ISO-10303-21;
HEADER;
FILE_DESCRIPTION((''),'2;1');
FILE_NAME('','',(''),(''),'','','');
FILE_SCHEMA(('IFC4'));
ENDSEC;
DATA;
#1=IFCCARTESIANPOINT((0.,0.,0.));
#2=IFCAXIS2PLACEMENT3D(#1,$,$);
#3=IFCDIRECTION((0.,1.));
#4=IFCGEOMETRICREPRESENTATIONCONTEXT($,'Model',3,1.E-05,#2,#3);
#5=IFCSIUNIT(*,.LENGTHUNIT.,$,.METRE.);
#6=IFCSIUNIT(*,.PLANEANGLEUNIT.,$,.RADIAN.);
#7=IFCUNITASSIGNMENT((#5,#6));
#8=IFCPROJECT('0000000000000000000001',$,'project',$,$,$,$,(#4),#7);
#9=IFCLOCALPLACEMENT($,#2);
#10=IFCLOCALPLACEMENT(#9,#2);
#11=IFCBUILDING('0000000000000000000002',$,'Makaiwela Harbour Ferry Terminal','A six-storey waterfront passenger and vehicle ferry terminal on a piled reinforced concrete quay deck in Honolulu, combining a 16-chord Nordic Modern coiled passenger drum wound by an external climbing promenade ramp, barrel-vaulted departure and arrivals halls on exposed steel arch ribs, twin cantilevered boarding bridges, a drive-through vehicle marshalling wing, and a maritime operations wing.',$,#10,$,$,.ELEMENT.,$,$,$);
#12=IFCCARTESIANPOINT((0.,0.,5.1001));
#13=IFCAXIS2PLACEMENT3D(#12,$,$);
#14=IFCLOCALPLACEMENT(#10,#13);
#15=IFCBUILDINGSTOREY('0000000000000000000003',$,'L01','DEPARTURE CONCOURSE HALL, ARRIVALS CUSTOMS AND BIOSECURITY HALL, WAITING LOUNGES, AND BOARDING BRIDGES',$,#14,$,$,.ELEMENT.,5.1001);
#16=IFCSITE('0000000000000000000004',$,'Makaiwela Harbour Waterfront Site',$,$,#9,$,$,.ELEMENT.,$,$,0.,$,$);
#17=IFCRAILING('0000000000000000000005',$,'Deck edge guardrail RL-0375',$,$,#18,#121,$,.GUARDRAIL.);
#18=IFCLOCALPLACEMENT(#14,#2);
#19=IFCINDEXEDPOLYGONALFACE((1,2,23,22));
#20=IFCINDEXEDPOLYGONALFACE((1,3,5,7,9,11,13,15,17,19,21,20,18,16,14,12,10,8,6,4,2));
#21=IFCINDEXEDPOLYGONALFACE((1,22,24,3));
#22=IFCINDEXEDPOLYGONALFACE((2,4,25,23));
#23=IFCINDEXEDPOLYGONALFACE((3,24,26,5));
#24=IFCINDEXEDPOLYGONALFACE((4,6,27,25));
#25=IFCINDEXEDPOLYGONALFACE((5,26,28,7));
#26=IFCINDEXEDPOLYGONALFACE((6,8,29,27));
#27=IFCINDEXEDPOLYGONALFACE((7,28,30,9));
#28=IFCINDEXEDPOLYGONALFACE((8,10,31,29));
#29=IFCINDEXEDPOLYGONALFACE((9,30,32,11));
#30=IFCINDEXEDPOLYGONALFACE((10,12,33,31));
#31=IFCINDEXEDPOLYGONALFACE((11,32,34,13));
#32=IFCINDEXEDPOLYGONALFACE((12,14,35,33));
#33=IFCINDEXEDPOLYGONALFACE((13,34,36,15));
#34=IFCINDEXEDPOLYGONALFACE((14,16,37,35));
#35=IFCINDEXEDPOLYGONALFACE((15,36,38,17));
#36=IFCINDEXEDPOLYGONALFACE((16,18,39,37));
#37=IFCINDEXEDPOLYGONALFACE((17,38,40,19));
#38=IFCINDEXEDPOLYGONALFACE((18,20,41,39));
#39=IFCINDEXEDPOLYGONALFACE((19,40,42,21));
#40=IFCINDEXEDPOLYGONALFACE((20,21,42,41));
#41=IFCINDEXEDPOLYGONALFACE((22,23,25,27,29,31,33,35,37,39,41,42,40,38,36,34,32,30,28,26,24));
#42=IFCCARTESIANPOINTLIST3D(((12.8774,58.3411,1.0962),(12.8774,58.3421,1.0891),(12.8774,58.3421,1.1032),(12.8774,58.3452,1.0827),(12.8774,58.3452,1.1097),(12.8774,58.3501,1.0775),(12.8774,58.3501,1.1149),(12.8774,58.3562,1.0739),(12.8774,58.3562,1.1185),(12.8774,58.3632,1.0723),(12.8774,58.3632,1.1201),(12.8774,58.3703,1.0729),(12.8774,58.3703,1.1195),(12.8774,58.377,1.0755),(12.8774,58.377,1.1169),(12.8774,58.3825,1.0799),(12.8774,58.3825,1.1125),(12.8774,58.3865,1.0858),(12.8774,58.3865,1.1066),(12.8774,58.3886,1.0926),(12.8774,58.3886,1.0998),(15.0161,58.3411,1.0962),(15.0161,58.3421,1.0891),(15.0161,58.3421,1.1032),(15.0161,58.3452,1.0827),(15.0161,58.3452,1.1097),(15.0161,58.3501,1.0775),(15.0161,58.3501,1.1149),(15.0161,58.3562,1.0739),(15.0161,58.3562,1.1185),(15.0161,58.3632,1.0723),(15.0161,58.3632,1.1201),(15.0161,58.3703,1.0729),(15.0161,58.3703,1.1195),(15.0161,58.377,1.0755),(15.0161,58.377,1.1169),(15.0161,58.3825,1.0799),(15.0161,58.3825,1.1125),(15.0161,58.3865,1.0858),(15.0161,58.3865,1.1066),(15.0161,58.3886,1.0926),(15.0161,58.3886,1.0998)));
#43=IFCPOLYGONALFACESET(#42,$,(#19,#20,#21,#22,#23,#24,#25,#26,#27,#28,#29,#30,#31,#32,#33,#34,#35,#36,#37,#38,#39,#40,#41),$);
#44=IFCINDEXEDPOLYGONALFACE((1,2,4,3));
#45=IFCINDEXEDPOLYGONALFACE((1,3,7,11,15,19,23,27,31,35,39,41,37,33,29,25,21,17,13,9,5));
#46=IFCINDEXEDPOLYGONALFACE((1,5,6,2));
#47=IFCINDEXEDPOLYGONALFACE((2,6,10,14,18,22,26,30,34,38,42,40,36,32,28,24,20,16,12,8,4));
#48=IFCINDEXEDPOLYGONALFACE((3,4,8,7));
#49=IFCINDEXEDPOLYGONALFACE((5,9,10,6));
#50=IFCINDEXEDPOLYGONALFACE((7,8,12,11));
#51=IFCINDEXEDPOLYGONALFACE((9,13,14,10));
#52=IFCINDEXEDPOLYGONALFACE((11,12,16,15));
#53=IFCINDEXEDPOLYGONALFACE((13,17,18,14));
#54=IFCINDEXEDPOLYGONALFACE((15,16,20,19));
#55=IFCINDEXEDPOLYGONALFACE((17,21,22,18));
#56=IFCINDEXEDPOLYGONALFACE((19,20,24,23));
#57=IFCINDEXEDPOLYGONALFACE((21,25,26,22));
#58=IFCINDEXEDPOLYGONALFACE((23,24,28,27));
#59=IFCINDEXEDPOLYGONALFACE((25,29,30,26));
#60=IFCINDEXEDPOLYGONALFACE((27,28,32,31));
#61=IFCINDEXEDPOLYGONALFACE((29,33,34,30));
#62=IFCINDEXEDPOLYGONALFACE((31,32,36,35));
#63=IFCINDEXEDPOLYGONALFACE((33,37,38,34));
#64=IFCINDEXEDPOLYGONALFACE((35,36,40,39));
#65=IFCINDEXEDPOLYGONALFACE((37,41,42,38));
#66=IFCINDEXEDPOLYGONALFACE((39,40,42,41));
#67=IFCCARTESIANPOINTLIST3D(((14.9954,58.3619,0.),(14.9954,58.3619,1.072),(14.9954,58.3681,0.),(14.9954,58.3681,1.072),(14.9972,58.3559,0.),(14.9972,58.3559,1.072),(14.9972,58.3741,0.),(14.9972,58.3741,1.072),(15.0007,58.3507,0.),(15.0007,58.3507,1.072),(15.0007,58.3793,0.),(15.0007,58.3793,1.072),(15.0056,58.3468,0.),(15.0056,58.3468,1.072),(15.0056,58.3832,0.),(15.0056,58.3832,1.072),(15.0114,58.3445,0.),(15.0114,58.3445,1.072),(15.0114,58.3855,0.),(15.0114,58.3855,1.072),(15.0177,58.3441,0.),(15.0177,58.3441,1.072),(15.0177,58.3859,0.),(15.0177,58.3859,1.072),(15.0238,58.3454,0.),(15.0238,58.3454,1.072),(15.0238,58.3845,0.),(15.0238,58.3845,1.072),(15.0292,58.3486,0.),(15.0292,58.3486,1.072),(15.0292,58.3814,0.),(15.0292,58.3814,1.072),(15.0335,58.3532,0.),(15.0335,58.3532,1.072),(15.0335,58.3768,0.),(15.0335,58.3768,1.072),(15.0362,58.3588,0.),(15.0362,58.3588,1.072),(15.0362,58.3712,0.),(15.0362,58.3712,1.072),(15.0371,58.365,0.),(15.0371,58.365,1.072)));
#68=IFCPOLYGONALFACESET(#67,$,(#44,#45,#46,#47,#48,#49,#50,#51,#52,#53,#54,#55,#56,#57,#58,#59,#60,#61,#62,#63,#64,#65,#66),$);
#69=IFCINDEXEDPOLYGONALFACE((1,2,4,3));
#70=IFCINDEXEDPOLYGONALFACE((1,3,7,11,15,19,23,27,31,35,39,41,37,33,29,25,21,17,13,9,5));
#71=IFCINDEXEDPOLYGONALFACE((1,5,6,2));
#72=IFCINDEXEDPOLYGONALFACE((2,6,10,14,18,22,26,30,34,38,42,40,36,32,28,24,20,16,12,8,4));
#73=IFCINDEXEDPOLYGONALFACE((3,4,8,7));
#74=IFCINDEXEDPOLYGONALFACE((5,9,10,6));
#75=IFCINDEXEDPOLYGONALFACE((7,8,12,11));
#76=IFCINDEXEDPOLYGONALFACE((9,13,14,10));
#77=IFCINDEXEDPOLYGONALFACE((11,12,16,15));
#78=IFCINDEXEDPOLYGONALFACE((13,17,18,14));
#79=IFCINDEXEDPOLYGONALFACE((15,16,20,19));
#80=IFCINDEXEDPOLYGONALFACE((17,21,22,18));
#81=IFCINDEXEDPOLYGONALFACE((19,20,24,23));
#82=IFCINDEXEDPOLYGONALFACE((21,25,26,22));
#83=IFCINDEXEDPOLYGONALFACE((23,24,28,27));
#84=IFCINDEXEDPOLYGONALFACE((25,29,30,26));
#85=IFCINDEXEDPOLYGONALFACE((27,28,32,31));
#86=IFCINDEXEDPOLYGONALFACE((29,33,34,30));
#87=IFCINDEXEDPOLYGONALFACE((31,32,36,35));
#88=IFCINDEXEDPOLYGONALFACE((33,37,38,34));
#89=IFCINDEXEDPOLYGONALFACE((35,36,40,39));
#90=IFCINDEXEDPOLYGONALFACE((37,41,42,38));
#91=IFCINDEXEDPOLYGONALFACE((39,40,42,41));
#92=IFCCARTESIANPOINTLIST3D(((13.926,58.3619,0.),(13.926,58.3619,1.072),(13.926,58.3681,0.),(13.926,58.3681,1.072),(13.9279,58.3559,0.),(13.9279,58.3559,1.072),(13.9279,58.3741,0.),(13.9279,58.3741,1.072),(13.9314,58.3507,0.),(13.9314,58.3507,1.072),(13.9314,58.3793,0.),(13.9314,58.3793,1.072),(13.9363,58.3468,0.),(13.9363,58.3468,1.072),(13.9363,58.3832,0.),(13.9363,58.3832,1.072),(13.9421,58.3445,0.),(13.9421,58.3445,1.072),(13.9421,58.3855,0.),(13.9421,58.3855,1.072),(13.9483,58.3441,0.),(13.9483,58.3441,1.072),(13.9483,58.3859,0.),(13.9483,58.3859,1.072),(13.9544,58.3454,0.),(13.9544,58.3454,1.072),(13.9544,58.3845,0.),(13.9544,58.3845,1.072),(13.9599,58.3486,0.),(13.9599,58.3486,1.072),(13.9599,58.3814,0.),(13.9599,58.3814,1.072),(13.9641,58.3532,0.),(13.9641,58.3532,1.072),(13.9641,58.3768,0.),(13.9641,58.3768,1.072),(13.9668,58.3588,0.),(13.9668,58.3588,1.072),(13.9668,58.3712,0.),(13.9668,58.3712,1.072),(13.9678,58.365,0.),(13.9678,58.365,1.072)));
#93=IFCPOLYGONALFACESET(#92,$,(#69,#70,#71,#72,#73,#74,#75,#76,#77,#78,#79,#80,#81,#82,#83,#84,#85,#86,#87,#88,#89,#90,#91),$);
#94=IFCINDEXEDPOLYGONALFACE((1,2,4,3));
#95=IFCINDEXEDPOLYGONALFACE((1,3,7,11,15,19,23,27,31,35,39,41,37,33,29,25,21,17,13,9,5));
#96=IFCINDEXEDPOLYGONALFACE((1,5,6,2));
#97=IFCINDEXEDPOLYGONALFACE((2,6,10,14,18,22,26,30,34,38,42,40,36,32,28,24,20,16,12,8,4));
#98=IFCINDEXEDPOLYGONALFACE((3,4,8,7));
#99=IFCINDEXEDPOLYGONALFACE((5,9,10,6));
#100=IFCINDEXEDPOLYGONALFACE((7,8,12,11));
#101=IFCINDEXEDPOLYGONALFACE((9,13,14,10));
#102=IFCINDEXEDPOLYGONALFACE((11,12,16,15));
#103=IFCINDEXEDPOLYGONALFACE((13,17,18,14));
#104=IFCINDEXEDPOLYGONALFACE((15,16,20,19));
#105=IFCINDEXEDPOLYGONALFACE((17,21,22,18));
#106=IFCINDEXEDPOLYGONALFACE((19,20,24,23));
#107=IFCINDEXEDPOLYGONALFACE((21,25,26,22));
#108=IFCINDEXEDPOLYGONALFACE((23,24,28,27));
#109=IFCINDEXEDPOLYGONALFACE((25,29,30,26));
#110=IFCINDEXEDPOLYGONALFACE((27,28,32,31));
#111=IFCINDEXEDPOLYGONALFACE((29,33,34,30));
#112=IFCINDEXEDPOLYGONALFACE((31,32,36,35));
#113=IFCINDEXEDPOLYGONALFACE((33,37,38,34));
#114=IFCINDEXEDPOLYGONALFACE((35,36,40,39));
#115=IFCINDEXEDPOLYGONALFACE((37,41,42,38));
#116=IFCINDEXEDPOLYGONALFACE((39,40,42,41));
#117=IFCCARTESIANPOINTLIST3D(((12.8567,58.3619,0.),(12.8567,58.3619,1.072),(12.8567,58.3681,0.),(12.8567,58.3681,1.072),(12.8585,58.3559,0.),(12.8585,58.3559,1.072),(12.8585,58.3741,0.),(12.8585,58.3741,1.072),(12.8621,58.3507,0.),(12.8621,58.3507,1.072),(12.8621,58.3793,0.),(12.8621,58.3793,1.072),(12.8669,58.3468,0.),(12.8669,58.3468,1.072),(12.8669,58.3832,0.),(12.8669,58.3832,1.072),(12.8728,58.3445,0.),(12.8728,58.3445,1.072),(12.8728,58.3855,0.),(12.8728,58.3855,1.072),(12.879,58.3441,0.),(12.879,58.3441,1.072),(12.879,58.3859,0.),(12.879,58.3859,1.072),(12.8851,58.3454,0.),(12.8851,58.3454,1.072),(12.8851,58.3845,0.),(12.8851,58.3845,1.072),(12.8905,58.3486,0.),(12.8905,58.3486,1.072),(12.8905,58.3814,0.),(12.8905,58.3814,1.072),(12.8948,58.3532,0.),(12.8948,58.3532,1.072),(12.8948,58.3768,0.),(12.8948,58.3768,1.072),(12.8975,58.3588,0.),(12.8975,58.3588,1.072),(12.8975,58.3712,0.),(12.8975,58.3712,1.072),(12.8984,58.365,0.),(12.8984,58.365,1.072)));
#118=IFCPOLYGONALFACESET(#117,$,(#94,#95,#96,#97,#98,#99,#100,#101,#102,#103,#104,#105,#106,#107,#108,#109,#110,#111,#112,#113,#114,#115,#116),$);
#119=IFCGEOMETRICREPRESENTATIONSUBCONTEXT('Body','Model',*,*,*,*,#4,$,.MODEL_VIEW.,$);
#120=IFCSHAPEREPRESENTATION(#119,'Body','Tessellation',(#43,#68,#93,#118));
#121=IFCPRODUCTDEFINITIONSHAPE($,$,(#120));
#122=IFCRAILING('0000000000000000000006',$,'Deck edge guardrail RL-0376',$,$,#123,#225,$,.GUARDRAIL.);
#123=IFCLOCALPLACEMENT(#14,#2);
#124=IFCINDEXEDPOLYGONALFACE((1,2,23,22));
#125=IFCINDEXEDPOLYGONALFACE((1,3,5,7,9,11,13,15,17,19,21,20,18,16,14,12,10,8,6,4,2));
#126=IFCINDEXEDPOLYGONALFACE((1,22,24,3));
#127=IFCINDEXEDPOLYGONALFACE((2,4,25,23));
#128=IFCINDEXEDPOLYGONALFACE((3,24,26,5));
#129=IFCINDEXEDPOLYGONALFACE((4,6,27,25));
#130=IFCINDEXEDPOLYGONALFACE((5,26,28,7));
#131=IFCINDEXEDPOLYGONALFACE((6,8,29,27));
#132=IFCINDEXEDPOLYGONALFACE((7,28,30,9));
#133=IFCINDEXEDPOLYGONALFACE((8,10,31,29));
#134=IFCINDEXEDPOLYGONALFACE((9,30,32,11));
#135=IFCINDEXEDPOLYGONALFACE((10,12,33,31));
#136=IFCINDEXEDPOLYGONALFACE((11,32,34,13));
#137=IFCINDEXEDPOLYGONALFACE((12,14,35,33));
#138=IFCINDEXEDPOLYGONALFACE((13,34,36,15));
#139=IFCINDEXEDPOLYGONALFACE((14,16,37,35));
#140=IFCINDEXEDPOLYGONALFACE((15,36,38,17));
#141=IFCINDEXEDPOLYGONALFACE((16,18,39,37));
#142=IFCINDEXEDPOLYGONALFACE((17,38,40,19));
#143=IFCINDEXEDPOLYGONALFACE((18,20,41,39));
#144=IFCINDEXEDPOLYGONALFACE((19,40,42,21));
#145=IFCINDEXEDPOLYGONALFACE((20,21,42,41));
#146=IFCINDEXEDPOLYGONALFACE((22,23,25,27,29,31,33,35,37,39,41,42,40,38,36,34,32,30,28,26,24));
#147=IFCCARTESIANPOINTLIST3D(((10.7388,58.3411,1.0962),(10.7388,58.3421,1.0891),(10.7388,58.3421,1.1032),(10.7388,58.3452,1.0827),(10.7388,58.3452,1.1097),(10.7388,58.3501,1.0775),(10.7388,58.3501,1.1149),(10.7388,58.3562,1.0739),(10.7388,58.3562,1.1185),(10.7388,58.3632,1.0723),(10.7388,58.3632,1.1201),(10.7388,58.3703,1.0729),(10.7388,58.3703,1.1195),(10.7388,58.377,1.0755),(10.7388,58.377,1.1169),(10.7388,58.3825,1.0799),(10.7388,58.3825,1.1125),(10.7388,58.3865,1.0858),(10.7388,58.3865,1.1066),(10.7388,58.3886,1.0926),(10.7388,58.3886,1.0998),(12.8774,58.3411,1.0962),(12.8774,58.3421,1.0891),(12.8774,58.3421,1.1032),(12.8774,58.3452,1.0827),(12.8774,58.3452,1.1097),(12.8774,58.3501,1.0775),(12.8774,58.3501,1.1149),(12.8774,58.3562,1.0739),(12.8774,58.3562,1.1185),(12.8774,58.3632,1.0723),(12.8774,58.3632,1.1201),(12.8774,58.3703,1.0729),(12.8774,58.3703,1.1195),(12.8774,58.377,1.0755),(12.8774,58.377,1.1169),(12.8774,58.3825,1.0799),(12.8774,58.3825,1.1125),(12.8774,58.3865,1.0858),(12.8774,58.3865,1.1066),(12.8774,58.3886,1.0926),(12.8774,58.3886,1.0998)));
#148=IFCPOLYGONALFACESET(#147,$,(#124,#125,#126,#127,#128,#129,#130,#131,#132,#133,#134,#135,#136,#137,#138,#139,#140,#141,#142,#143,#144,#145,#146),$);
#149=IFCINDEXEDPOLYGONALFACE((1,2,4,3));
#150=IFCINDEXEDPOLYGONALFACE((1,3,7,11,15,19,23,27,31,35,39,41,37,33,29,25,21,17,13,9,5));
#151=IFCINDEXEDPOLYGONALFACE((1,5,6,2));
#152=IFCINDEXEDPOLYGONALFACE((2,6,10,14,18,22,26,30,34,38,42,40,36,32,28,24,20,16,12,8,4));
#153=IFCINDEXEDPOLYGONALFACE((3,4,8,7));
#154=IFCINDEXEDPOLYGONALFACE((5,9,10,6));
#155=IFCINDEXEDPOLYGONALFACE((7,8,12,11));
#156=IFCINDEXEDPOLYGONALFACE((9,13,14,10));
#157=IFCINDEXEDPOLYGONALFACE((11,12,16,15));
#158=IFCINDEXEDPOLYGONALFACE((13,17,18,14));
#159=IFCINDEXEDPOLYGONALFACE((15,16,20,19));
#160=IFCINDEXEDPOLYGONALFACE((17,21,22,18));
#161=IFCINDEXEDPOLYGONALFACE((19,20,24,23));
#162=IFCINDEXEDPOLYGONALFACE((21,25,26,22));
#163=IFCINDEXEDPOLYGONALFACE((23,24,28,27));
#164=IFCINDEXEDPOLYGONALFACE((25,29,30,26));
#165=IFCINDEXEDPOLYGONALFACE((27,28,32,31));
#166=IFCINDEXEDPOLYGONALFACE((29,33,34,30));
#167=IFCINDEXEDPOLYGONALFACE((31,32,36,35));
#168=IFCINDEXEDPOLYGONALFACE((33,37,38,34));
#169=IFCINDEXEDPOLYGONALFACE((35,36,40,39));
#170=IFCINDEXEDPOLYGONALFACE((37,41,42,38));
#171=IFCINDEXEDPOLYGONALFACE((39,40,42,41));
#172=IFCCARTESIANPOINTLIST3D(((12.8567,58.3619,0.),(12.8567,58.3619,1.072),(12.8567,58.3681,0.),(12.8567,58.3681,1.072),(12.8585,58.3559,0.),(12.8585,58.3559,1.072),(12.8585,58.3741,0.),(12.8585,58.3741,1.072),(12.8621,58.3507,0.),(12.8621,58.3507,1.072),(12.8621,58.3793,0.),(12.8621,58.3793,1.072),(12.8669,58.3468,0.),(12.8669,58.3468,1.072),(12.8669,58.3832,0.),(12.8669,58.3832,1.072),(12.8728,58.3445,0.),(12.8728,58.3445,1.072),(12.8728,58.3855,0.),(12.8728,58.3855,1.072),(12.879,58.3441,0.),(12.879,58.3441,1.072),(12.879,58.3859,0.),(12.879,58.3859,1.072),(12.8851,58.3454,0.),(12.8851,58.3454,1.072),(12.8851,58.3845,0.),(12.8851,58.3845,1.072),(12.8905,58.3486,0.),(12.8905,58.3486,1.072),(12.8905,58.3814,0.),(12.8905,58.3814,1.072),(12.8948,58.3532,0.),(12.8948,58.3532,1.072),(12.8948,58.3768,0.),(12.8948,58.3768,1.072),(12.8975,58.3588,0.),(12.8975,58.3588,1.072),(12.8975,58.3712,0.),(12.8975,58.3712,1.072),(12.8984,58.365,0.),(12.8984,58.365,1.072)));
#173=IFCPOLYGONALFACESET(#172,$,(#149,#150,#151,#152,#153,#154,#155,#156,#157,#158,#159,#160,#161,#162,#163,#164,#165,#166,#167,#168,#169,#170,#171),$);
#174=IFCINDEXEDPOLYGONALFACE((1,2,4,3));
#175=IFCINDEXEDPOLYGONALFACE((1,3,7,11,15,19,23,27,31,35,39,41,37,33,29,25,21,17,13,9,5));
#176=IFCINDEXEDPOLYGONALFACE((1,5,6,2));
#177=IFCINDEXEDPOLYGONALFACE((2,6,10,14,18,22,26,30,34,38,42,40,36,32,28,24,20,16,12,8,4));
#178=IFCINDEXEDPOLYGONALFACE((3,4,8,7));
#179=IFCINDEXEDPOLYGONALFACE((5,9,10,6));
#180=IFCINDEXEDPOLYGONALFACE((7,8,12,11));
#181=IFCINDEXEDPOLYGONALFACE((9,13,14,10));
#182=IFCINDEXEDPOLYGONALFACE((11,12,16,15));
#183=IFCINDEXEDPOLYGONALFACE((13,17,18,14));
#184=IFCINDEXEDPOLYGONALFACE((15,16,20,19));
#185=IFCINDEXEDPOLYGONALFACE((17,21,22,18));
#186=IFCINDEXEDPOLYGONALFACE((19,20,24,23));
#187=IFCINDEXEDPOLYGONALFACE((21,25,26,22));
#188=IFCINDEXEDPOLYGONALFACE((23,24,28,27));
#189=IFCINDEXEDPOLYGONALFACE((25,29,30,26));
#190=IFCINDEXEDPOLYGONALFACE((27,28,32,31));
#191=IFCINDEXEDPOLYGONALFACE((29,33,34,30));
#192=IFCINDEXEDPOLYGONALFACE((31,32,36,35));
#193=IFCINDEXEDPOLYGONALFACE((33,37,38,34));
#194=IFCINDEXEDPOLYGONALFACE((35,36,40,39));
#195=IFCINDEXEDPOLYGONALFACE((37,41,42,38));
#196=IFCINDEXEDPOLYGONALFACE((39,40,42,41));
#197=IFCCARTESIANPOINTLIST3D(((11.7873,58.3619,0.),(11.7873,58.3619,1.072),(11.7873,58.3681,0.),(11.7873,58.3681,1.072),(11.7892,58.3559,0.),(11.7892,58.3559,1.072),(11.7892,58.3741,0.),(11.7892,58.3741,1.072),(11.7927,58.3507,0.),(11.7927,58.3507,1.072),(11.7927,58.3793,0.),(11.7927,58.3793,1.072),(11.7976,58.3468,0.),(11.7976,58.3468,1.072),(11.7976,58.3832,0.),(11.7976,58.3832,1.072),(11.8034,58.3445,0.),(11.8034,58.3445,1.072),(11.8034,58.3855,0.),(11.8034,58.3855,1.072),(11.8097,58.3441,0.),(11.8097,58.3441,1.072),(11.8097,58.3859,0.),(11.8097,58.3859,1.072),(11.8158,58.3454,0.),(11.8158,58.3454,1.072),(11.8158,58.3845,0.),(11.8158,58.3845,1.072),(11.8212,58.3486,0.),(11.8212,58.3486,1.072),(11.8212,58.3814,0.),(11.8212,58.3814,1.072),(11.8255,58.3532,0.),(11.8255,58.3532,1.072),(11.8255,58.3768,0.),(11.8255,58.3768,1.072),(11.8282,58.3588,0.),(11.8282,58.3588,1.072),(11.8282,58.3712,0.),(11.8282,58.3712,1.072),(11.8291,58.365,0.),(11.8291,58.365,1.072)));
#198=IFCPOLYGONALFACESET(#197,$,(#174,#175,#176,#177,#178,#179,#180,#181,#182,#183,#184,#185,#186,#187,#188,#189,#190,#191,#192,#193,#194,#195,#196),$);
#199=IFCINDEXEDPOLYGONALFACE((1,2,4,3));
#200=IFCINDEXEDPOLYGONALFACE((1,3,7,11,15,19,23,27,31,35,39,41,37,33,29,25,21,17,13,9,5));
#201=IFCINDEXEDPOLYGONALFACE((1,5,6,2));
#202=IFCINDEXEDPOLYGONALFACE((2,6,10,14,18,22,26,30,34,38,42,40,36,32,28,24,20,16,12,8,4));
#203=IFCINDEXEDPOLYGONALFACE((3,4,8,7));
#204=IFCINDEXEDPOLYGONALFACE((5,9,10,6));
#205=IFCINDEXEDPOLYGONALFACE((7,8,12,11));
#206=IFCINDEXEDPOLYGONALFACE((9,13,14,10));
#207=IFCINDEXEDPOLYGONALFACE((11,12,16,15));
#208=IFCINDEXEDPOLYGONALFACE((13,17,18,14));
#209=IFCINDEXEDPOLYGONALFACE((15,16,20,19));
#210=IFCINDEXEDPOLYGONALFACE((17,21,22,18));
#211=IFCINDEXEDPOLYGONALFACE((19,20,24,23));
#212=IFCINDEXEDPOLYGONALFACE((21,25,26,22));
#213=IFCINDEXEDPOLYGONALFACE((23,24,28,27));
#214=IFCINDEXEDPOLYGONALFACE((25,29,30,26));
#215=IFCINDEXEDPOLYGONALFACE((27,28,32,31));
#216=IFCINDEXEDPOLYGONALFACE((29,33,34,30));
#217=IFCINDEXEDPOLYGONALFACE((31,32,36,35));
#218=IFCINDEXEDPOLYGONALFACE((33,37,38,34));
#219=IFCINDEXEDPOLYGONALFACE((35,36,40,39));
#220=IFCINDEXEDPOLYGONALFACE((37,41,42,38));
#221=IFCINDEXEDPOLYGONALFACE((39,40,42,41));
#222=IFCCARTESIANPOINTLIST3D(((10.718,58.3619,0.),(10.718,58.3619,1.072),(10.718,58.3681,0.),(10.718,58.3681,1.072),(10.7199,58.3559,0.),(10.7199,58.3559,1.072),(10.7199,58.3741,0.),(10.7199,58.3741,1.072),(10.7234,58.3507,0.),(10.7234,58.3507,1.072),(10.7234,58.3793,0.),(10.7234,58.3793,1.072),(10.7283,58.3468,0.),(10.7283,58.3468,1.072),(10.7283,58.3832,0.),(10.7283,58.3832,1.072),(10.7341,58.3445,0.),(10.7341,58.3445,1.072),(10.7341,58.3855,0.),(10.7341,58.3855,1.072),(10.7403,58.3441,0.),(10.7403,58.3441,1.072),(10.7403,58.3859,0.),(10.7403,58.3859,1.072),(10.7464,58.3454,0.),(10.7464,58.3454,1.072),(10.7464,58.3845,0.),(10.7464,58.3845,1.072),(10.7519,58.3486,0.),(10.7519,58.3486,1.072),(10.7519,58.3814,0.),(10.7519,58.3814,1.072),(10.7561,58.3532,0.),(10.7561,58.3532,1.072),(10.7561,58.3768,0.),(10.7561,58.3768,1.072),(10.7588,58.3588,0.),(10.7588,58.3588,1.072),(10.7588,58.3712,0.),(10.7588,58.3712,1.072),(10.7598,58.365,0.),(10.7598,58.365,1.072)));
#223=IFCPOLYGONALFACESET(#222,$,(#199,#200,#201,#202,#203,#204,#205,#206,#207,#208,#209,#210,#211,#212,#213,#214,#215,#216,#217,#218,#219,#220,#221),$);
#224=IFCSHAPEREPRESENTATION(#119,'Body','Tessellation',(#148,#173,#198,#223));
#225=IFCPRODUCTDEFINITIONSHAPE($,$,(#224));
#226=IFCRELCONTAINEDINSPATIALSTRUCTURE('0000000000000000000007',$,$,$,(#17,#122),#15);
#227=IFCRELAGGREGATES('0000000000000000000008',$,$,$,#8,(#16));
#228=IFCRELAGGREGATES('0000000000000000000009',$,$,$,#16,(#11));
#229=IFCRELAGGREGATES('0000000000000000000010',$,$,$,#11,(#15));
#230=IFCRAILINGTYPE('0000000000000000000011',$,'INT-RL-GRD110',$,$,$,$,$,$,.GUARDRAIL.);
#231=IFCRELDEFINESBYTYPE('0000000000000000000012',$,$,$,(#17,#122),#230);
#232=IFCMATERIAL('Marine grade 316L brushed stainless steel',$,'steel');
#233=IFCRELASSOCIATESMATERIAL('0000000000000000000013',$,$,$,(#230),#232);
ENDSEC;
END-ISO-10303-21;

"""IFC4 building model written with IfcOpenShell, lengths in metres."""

from ifc_helpers import new_model, si_unit, direction, frame, origin, origin_2d, place, context, subcontext, project, spatial, circle, extrude, material, type_object, element, save


model = new_model("IFC4")

# Units and contexts
model_context = context("Model", 3, precision=1e-05, world=origin(), true_north=direction((0.0, 1.0)))
body_context = subcontext(model_context, "Body", "Model", "MODEL_VIEW")
ifc_project = project(units=[si_unit("LENGTHUNIT", "METRE"), si_unit("PLANEANGLEUNIT", "RADIAN")], contexts=[model_context])

# Site, building, storey
site_placement = place(None, origin())
site = spatial("IfcSite", under=ifc_project, at=site_placement, Name="Makaiwela Harbour Waterfront Site", CompositionType="ELEMENT", RefElevation=0.0)
building_placement = place(site_placement, origin())
building = spatial("IfcBuilding", under=site, at=building_placement, Name="Makaiwela Harbour Ferry Terminal", Description="A six-storey waterfront passenger and vehicle ferry terminal on a piled reinforced concrete quay deck in Honolulu, combining a 16-chord Nordic Modern coiled passenger drum wound by an external climbing promenade ramp, barrel-vaulted departure and arrivals halls on exposed steel arch ribs, twin cantilevered boarding bridges, a drive-through vehicle marshalling wing, and a maritime operations wing.", CompositionType="ELEMENT")
storey_placement = place(building_placement, frame((0.0, 0.0, 5.1001)))
storey = spatial("IfcBuildingStorey", under=building, at=storey_placement, Name="L01", Description="DEPARTURE CONCOURSE HALL, ARRIVALS CUSTOMS AND BIOSECURITY HALL, WAITING LOUNGES, AND BOARDING BRIDGES", CompositionType="ELEMENT", Elevation=5.1001)

# Railings
ifc_material_1 = material(Name="Marine grade 316L brushed stainless steel", Category="steel")
railing_type = type_object("IfcRailingType", Name="INT-RL-GRD110", PredefinedType="GUARDRAIL", material=ifc_material_1)
for number, where, name in (
    (1, (15.0161, 58.365, 0.0), "Deck edge guardrail RL-0375"),
    (2, (12.8774, 58.365, 0.0), "Deck edge guardrail RL-0376"),
):
    element("IfcRailing", number, at=place(storey_placement, frame(where)), inside=storey, type_object=railing_type, Name=name, PredefinedType="GUARDRAIL", context=body_context, shape_type="SweptSolid", body=[
        extrude(circle(Radius=0.0239, at=origin_2d()), frame((0.0, 0.0, 1.0962), z_axis=(-1.0, 0.0, 0.0), x_axis=(0.0, -1.0, 0.0)), (0.0, 0.0, 1.0), 2.1387),
        extrude(circle(Radius=0.021, at=origin_2d()), origin(), (0.0, 0.0, 1.0), 1.072),
        extrude(circle(Radius=0.021, at=origin_2d()), frame((-1.0693, 0.0, 0.0)), (0.0, 0.0, 1.0), 1.072),
        extrude(circle(Radius=0.021, at=origin_2d()), frame((-2.1387, 0.0, 0.0)), (0.0, 0.0, 1.0), 1.072),
    ])

save(model, "model.ifc")
